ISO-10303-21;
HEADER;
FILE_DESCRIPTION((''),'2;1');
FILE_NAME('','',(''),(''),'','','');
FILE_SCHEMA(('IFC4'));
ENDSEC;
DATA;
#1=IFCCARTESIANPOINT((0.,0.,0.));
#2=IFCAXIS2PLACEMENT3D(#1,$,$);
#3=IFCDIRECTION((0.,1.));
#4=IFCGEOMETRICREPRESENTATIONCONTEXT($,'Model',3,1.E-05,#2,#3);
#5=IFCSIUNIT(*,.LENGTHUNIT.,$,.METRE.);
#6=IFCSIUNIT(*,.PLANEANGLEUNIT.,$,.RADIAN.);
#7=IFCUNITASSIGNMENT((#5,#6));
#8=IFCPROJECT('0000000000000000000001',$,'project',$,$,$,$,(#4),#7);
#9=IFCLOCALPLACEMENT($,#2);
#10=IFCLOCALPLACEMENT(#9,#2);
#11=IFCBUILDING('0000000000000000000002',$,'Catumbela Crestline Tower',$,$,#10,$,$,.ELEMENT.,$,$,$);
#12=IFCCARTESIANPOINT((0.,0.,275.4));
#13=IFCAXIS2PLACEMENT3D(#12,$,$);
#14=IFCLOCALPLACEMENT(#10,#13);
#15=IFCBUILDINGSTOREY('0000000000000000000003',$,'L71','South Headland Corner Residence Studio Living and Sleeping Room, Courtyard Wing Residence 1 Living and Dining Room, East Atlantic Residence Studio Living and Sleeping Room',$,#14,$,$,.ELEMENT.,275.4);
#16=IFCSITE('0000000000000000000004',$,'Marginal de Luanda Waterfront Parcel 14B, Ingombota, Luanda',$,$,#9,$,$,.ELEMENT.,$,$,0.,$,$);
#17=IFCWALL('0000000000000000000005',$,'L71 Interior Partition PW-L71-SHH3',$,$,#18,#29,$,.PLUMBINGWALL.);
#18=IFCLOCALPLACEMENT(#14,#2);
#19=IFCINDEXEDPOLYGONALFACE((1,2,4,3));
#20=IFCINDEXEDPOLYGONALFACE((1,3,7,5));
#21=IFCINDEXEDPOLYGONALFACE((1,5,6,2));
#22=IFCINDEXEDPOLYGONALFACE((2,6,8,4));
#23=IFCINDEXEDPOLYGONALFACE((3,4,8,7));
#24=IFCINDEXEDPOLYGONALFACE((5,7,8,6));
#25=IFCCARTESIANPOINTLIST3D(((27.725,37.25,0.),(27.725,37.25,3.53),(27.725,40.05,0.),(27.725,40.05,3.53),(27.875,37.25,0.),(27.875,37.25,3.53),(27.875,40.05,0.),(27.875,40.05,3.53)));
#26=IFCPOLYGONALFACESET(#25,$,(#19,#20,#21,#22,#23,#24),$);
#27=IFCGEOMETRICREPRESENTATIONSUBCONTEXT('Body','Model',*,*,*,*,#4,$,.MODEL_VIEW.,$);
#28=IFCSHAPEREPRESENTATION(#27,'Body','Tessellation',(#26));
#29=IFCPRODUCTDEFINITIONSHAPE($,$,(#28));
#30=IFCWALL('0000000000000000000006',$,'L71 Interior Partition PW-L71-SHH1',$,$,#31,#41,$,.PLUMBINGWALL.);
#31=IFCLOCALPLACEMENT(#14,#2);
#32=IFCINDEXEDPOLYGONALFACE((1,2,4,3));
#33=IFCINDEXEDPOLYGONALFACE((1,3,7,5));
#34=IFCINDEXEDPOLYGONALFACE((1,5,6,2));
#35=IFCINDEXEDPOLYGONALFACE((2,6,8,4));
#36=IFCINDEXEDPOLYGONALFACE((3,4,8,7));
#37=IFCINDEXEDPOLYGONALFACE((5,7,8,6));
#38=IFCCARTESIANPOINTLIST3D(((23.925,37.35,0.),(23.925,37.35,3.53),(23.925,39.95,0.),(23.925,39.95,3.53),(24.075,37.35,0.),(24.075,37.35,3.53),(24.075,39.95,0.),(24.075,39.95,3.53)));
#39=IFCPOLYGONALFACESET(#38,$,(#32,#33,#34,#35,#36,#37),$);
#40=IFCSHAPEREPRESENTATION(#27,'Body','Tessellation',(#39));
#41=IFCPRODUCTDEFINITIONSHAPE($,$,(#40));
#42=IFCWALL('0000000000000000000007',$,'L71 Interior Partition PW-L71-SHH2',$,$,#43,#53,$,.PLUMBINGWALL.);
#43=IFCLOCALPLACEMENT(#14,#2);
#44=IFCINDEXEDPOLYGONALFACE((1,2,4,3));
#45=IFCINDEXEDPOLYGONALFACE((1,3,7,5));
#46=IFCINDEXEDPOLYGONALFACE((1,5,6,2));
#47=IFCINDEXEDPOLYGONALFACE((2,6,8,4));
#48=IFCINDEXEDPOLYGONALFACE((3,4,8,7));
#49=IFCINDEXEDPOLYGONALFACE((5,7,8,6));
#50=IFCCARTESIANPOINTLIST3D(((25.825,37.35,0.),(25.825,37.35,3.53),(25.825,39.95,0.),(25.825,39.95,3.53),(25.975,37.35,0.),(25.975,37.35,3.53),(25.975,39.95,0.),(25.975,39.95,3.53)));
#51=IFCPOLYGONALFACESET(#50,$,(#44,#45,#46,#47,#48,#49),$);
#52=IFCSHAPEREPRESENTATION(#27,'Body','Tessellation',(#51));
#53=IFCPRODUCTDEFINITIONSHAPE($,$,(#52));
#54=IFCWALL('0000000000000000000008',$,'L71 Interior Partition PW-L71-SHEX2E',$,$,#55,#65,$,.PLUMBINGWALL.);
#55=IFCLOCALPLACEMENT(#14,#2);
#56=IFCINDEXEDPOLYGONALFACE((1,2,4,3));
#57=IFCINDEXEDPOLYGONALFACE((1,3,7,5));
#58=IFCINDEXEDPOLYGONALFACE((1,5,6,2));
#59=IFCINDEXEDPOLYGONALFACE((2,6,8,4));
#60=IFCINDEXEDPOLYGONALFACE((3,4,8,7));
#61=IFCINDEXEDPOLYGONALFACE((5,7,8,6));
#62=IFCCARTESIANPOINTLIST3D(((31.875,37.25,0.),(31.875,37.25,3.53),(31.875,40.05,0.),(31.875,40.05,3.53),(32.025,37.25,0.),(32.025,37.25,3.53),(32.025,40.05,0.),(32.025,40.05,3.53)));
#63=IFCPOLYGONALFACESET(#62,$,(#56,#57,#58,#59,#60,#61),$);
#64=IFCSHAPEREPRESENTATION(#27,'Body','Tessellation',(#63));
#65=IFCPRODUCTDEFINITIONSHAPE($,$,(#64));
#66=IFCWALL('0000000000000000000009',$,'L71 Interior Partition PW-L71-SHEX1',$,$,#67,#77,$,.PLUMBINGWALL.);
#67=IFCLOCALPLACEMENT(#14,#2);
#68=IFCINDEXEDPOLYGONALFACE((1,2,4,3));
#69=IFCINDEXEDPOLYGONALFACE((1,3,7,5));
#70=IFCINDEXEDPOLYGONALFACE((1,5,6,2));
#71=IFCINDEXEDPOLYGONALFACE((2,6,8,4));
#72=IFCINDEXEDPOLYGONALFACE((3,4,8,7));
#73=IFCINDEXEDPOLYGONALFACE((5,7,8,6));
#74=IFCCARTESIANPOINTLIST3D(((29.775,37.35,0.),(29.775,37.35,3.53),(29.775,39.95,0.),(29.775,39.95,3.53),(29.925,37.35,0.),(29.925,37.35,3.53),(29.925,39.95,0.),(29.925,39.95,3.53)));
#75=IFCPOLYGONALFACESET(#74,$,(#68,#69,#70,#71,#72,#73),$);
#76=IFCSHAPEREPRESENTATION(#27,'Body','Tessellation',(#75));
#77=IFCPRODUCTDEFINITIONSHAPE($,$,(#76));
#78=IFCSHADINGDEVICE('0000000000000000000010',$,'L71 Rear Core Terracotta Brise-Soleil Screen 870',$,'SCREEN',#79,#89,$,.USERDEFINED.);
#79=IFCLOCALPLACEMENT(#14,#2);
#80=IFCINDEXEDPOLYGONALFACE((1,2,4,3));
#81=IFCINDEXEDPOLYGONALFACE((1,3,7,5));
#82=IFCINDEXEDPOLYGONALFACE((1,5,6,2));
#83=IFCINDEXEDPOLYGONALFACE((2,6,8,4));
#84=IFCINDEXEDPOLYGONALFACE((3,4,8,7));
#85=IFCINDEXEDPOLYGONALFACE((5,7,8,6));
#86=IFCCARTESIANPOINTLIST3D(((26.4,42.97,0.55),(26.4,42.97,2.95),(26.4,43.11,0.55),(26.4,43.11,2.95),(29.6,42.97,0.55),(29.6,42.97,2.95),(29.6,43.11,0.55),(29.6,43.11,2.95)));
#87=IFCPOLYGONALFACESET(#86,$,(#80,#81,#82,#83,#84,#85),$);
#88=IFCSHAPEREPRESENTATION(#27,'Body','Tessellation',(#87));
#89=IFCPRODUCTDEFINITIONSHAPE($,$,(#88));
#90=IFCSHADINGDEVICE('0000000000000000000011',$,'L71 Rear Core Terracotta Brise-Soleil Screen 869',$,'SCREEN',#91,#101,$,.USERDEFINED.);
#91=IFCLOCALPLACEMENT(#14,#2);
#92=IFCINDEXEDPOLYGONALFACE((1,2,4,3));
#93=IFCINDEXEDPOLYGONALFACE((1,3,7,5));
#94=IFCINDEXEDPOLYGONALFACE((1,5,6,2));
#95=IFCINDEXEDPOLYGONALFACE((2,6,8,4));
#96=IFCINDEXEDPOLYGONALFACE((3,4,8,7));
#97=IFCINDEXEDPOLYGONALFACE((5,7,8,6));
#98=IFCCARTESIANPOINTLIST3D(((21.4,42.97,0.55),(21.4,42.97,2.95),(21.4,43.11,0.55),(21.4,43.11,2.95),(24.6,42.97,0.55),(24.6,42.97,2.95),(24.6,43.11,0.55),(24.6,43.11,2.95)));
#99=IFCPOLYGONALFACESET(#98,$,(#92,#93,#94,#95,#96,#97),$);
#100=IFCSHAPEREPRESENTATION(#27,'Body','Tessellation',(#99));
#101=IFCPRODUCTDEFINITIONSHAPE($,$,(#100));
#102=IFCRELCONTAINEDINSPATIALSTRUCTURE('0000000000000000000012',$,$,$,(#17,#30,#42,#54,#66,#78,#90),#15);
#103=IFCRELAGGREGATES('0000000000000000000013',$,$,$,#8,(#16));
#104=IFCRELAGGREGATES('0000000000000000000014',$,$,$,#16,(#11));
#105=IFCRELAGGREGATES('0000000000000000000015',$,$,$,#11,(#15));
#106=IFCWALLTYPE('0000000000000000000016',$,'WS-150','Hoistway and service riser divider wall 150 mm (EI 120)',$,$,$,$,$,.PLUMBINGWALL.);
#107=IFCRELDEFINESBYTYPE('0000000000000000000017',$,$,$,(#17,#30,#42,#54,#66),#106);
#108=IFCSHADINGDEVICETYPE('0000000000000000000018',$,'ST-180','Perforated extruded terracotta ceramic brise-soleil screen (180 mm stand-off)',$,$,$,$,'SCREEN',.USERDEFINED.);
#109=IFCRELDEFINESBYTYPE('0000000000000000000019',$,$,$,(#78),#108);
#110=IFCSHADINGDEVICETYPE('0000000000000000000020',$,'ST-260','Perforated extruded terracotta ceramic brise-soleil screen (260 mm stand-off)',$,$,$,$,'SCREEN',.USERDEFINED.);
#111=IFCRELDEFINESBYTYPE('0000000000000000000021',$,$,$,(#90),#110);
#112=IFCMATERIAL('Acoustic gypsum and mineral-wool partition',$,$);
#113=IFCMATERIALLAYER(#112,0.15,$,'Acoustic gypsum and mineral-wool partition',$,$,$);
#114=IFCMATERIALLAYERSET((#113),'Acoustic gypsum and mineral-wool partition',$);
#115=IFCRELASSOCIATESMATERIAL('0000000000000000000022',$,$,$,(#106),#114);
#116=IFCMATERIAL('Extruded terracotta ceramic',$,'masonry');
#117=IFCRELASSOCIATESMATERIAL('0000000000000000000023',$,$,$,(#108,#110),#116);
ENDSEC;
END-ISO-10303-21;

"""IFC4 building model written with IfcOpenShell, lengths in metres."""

from ifc_helpers import new_model, si_unit, direction, frame, frame_2d, origin, origin_2d, place, context, subcontext, project, spatial, rectangle, extrude, material, layer, layer_set, type_object, element, save


model = new_model("IFC4")

# Units and contexts
model_context = context("Model", 3, precision=1e-05, world=origin(), true_north=direction((0.0, 1.0)))
body_context = subcontext(model_context, "Body", "Model", "MODEL_VIEW")
ifc_project = project(units=[si_unit("LENGTHUNIT", "METRE"), si_unit("PLANEANGLEUNIT", "RADIAN")], contexts=[model_context])

# Site, building, storey
site_placement = place(None, origin())
site = spatial("IfcSite", under=ifc_project, at=site_placement, Name="Marginal de Luanda Waterfront Parcel 14B, Ingombota, Luanda", CompositionType="ELEMENT", RefElevation=0.0)
building_placement = place(site_placement, origin())
building = spatial("IfcBuilding", under=site, at=building_placement, Name="Catumbela Crestline Tower", CompositionType="ELEMENT")
storey_placement = place(building_placement, frame((0.0, 0.0, 275.4)))
storey = spatial("IfcBuildingStorey", under=building, at=storey_placement, Name="L71", Description="South Headland Corner Residence Studio Living and Sleeping Room, Courtyard Wing Residence 1 Living and Dining Room, East Atlantic Residence Studio Living and Sleeping Room", CompositionType="ELEMENT", Elevation=275.4)

# Shared definitions
ifc_material_1 = material(Name="Acoustic gypsum and mineral-wool partition")

# Walls
ifc_layer_1 = layer(ifc_material_1, 0.15, Name="Acoustic gypsum and mineral-wool partition")
ifc_layer_set_1 = layer_set([ifc_layer_1], Name="Acoustic gypsum and mineral-wool partition")
wall_type_1 = type_object("IfcWallType", Name="WS-150", Description="Hoistway and service riser divider wall 150 mm (EI 120)", PredefinedType="PLUMBINGWALL", material=ifc_layer_set_1)
wall_1_placement = place(storey_placement, frame((27.8, 37.25, 0.0), z_axis=(0.0, 0.0, 1.0), x_axis=(0.0, 1.0, 0.0)))
element("IfcWall", 1, at=wall_1_placement, inside=storey, type_object=wall_type_1, Name="L71 Interior Partition PW-L71-SHH3", PredefinedType="PLUMBINGWALL", context=body_context, shape_type="SweptSolid", body=[
    extrude(rectangle(XDim=2.8, YDim=0.15, at=frame_2d((1.4, 0.0))), origin(), (0.0, 0.0, 1.0), 3.53),
])
for number, where, z_axis, x_axis, name in (
    (2, (24.0, 37.35, 0.0), (0.0, 0.0, 1.0), (0.0, 1.0, 0.0), "L71 Interior Partition PW-L71-SHH1"),
    (3, (25.9, 37.35, 0.0), (0.0, 0.0, 1.0), (0.0, 1.0, 0.0), "L71 Interior Partition PW-L71-SHH2"),
):
    element("IfcWall", number, at=place(storey_placement, frame(where, z_axis=z_axis, x_axis=x_axis)), inside=storey, type_object=wall_type_1, Name=name, PredefinedType="PLUMBINGWALL", context=body_context, shape_type="SweptSolid", body=[
        extrude(rectangle(XDim=2.6, YDim=0.15, at=frame_2d((1.3, 0.0))), origin(), (0.0, 0.0, 1.0), 3.53),
    ])
wall_2_placement = place(storey_placement, frame((31.95, 37.25, 0.0), z_axis=(0.0, 0.0, 1.0), x_axis=(0.0, 1.0, 0.0)))
element("IfcWall", 4, at=wall_2_placement, inside=storey, type_object=wall_type_1, Name="L71 Interior Partition PW-L71-SHEX2E", PredefinedType="PLUMBINGWALL", context=body_context, shape_type="SweptSolid", body=[
    extrude(rectangle(XDim=2.8, YDim=0.15, at=frame_2d((1.4, 0.0))), origin(), (0.0, 0.0, 1.0), 3.53),
])
wall_3_placement = place(storey_placement, frame((29.85, 37.35, 0.0), z_axis=(0.0, 0.0, 1.0), x_axis=(0.0, 1.0, 0.0)))
element("IfcWall", 5, at=wall_3_placement, inside=storey, type_object=wall_type_1, Name="L71 Interior Partition PW-L71-SHEX1", PredefinedType="PLUMBINGWALL", context=body_context, shape_type="SweptSolid", body=[
    extrude(rectangle(XDim=2.6, YDim=0.15, at=frame_2d((1.3, 0.0))), origin(), (0.0, 0.0, 1.0), 3.53),
])

# Shading devices
ifc_material_2 = material(Name="Extruded terracotta ceramic", Category="masonry")
shading_device_type_1 = type_object("IfcShadingDeviceType", Name="ST-180", Description="Perforated extruded terracotta ceramic brise-soleil screen (180 mm stand-off)", ElementType="SCREEN", PredefinedType="USERDEFINED", material=ifc_material_2)
shading_device_1_placement = place(storey_placement, frame((28.0, 43.04, 0.55), z_axis=(0.0, 0.0, 1.0), x_axis=(1.0, 0.0, 0.0)))
element("IfcShadingDevice", 6, at=shading_device_1_placement, inside=storey, type_object=shading_device_type_1, Name="L71 Rear Core Terracotta Brise-Soleil Screen 870", ObjectType="SCREEN", PredefinedType="USERDEFINED", context=body_context, shape_type="SweptSolid", body=[
    extrude(rectangle(XDim=3.2, YDim=0.14, at=origin_2d()), origin(), (0.0, 0.0, 1.0), 2.4),
])
shading_device_type_2 = type_object("IfcShadingDeviceType", Name="ST-260", Description="Perforated extruded terracotta ceramic brise-soleil screen (260 mm stand-off)", ElementType="SCREEN", PredefinedType="USERDEFINED", material=ifc_material_2)
shading_device_2_placement = place(storey_placement, frame((23.0, 43.04, 0.55), z_axis=(0.0, 0.0, 1.0), x_axis=(1.0, 0.0, 0.0)))
element("IfcShadingDevice", 7, at=shading_device_2_placement, inside=storey, type_object=shading_device_type_2, Name="L71 Rear Core Terracotta Brise-Soleil Screen 869", ObjectType="SCREEN", PredefinedType="USERDEFINED", context=body_context, shape_type="SweptSolid", body=[
    extrude(rectangle(XDim=3.2, YDim=0.14, at=origin_2d()), origin(), (0.0, 0.0, 1.0), 2.4),
])

save(model, "model.ifc")
